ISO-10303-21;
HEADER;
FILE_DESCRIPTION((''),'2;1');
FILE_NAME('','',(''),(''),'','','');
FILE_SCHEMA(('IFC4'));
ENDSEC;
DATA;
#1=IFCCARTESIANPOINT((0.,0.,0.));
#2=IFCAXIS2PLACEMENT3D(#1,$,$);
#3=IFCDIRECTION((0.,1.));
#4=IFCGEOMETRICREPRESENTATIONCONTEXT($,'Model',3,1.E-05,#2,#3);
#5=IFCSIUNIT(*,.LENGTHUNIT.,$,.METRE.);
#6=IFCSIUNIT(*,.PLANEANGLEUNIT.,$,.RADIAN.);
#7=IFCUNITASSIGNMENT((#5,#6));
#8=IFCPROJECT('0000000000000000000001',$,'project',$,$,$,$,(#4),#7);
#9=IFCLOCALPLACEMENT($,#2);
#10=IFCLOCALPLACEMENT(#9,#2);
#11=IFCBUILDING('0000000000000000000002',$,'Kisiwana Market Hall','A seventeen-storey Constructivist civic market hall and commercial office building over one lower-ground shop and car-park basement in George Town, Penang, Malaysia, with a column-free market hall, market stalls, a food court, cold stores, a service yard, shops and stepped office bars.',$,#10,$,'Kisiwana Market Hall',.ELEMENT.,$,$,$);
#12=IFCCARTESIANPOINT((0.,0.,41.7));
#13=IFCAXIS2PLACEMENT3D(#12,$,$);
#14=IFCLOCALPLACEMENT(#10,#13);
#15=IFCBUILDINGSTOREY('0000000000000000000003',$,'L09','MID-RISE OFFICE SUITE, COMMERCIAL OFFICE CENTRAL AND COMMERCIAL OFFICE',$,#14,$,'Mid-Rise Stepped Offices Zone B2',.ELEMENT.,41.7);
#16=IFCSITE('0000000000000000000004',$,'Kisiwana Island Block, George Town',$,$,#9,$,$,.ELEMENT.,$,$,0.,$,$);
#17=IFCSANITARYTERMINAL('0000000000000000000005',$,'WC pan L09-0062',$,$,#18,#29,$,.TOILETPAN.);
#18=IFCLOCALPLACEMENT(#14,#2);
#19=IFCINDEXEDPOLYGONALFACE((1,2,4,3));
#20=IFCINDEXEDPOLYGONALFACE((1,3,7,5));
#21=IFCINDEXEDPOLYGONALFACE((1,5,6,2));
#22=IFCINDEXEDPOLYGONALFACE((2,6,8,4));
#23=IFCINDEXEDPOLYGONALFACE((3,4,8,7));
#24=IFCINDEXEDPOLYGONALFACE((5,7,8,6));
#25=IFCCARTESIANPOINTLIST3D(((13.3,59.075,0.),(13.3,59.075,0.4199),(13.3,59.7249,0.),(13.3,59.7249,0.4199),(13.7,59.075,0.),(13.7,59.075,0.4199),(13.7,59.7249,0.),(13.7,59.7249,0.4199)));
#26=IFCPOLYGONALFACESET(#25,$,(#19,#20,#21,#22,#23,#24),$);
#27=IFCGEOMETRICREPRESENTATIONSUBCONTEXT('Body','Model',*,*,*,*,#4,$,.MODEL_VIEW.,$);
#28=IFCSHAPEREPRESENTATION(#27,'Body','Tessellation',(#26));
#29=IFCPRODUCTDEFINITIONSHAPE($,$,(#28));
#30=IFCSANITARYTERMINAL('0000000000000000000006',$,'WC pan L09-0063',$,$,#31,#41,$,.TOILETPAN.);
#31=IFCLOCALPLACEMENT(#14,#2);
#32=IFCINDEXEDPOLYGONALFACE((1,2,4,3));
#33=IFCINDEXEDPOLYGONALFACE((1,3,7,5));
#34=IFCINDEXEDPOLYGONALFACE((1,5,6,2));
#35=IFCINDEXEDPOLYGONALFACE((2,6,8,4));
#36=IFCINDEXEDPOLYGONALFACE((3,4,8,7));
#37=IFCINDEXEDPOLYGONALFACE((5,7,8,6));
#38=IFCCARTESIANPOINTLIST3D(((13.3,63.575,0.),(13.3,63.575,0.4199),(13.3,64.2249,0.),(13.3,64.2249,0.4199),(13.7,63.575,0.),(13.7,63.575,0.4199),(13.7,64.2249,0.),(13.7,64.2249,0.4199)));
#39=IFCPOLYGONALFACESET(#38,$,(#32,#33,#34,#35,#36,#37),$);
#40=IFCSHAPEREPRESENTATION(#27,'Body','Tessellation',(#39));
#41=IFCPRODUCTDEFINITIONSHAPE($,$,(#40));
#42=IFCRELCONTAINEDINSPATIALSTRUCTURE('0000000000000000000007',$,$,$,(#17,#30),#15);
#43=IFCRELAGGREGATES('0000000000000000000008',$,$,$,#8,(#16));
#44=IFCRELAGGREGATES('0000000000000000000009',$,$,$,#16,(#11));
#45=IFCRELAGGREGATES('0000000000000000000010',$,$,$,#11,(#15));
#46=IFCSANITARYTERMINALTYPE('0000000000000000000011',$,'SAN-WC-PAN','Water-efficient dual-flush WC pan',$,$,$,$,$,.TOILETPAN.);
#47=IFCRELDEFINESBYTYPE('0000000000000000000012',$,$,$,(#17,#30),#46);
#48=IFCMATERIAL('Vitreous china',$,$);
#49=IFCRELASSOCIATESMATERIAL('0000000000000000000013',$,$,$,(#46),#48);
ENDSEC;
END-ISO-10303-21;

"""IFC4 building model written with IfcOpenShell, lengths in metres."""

from ifc_helpers import new_model, si_unit, direction, frame, origin, origin_2d, place, context, subcontext, project, spatial, rectangle, extrude, material, type_object, element, save


model = new_model("IFC4")

# Units and contexts
model_context = context("Model", 3, precision=1e-05, world=origin(), true_north=direction((0.0, 1.0)))
body_context = subcontext(model_context, "Body", "Model", "MODEL_VIEW")
ifc_project = project(units=[si_unit("LENGTHUNIT", "METRE"), si_unit("PLANEANGLEUNIT", "RADIAN")], contexts=[model_context])

# Site, building, storey
site_placement = place(None, origin())
site = spatial("IfcSite", under=ifc_project, at=site_placement, Name="Kisiwana Island Block, George Town", CompositionType="ELEMENT", RefElevation=0.0)
building_placement = place(site_placement, origin())
building = spatial("IfcBuilding", under=site, at=building_placement, Name="Kisiwana Market Hall", Description="A seventeen-storey Constructivist civic market hall and commercial office building over one lower-ground shop and car-park basement in George Town, Penang, Malaysia, with a column-free market hall, market stalls, a food court, cold stores, a service yard, shops and stepped office bars.", LongName="Kisiwana Market Hall", CompositionType="ELEMENT")
storey_placement = place(building_placement, frame((0.0, 0.0, 41.7)))
storey = spatial("IfcBuildingStorey", under=building, at=storey_placement, Name="L09", Description="MID-RISE OFFICE SUITE, COMMERCIAL OFFICE CENTRAL AND COMMERCIAL OFFICE", LongName="Mid-Rise Stepped Offices Zone B2", CompositionType="ELEMENT", Elevation=41.7)

# Sanitary terminals
ifc_material_1 = material(Name="Vitreous china")
sanitary_terminal_type_1 = type_object("IfcSanitaryTerminalType", Name="SAN-WC-PAN", Description="Water-efficient dual-flush WC pan", PredefinedType="TOILETPAN", material=ifc_material_1)
for number, where, z_axis, x_axis, name in (
    (1, (13.5, 59.3999, 0.0), (0.0, 0.0, 1.0), (1.0, 0.0, 0.0), "WC pan L09-0062"),
    (2, (13.5, 63.8999, 0.0), (0.0, 0.0, 1.0), (1.0, 0.0, 0.0), "WC pan L09-0063"),
):
    element("IfcSanitaryTerminal", number, at=place(storey_placement, frame(where, z_axis=z_axis, x_axis=x_axis)), inside=storey, type_object=sanitary_terminal_type_1, Name=name, PredefinedType="TOILETPAN", context=body_context, shape_type="SweptSolid", body=[
        extrude(rectangle(XDim=0.3999, YDim=0.6499, at=origin_2d()), origin(), (0.0, 0.0, 1.0), 0.4199),
    ])

save(model, "model.ifc")
